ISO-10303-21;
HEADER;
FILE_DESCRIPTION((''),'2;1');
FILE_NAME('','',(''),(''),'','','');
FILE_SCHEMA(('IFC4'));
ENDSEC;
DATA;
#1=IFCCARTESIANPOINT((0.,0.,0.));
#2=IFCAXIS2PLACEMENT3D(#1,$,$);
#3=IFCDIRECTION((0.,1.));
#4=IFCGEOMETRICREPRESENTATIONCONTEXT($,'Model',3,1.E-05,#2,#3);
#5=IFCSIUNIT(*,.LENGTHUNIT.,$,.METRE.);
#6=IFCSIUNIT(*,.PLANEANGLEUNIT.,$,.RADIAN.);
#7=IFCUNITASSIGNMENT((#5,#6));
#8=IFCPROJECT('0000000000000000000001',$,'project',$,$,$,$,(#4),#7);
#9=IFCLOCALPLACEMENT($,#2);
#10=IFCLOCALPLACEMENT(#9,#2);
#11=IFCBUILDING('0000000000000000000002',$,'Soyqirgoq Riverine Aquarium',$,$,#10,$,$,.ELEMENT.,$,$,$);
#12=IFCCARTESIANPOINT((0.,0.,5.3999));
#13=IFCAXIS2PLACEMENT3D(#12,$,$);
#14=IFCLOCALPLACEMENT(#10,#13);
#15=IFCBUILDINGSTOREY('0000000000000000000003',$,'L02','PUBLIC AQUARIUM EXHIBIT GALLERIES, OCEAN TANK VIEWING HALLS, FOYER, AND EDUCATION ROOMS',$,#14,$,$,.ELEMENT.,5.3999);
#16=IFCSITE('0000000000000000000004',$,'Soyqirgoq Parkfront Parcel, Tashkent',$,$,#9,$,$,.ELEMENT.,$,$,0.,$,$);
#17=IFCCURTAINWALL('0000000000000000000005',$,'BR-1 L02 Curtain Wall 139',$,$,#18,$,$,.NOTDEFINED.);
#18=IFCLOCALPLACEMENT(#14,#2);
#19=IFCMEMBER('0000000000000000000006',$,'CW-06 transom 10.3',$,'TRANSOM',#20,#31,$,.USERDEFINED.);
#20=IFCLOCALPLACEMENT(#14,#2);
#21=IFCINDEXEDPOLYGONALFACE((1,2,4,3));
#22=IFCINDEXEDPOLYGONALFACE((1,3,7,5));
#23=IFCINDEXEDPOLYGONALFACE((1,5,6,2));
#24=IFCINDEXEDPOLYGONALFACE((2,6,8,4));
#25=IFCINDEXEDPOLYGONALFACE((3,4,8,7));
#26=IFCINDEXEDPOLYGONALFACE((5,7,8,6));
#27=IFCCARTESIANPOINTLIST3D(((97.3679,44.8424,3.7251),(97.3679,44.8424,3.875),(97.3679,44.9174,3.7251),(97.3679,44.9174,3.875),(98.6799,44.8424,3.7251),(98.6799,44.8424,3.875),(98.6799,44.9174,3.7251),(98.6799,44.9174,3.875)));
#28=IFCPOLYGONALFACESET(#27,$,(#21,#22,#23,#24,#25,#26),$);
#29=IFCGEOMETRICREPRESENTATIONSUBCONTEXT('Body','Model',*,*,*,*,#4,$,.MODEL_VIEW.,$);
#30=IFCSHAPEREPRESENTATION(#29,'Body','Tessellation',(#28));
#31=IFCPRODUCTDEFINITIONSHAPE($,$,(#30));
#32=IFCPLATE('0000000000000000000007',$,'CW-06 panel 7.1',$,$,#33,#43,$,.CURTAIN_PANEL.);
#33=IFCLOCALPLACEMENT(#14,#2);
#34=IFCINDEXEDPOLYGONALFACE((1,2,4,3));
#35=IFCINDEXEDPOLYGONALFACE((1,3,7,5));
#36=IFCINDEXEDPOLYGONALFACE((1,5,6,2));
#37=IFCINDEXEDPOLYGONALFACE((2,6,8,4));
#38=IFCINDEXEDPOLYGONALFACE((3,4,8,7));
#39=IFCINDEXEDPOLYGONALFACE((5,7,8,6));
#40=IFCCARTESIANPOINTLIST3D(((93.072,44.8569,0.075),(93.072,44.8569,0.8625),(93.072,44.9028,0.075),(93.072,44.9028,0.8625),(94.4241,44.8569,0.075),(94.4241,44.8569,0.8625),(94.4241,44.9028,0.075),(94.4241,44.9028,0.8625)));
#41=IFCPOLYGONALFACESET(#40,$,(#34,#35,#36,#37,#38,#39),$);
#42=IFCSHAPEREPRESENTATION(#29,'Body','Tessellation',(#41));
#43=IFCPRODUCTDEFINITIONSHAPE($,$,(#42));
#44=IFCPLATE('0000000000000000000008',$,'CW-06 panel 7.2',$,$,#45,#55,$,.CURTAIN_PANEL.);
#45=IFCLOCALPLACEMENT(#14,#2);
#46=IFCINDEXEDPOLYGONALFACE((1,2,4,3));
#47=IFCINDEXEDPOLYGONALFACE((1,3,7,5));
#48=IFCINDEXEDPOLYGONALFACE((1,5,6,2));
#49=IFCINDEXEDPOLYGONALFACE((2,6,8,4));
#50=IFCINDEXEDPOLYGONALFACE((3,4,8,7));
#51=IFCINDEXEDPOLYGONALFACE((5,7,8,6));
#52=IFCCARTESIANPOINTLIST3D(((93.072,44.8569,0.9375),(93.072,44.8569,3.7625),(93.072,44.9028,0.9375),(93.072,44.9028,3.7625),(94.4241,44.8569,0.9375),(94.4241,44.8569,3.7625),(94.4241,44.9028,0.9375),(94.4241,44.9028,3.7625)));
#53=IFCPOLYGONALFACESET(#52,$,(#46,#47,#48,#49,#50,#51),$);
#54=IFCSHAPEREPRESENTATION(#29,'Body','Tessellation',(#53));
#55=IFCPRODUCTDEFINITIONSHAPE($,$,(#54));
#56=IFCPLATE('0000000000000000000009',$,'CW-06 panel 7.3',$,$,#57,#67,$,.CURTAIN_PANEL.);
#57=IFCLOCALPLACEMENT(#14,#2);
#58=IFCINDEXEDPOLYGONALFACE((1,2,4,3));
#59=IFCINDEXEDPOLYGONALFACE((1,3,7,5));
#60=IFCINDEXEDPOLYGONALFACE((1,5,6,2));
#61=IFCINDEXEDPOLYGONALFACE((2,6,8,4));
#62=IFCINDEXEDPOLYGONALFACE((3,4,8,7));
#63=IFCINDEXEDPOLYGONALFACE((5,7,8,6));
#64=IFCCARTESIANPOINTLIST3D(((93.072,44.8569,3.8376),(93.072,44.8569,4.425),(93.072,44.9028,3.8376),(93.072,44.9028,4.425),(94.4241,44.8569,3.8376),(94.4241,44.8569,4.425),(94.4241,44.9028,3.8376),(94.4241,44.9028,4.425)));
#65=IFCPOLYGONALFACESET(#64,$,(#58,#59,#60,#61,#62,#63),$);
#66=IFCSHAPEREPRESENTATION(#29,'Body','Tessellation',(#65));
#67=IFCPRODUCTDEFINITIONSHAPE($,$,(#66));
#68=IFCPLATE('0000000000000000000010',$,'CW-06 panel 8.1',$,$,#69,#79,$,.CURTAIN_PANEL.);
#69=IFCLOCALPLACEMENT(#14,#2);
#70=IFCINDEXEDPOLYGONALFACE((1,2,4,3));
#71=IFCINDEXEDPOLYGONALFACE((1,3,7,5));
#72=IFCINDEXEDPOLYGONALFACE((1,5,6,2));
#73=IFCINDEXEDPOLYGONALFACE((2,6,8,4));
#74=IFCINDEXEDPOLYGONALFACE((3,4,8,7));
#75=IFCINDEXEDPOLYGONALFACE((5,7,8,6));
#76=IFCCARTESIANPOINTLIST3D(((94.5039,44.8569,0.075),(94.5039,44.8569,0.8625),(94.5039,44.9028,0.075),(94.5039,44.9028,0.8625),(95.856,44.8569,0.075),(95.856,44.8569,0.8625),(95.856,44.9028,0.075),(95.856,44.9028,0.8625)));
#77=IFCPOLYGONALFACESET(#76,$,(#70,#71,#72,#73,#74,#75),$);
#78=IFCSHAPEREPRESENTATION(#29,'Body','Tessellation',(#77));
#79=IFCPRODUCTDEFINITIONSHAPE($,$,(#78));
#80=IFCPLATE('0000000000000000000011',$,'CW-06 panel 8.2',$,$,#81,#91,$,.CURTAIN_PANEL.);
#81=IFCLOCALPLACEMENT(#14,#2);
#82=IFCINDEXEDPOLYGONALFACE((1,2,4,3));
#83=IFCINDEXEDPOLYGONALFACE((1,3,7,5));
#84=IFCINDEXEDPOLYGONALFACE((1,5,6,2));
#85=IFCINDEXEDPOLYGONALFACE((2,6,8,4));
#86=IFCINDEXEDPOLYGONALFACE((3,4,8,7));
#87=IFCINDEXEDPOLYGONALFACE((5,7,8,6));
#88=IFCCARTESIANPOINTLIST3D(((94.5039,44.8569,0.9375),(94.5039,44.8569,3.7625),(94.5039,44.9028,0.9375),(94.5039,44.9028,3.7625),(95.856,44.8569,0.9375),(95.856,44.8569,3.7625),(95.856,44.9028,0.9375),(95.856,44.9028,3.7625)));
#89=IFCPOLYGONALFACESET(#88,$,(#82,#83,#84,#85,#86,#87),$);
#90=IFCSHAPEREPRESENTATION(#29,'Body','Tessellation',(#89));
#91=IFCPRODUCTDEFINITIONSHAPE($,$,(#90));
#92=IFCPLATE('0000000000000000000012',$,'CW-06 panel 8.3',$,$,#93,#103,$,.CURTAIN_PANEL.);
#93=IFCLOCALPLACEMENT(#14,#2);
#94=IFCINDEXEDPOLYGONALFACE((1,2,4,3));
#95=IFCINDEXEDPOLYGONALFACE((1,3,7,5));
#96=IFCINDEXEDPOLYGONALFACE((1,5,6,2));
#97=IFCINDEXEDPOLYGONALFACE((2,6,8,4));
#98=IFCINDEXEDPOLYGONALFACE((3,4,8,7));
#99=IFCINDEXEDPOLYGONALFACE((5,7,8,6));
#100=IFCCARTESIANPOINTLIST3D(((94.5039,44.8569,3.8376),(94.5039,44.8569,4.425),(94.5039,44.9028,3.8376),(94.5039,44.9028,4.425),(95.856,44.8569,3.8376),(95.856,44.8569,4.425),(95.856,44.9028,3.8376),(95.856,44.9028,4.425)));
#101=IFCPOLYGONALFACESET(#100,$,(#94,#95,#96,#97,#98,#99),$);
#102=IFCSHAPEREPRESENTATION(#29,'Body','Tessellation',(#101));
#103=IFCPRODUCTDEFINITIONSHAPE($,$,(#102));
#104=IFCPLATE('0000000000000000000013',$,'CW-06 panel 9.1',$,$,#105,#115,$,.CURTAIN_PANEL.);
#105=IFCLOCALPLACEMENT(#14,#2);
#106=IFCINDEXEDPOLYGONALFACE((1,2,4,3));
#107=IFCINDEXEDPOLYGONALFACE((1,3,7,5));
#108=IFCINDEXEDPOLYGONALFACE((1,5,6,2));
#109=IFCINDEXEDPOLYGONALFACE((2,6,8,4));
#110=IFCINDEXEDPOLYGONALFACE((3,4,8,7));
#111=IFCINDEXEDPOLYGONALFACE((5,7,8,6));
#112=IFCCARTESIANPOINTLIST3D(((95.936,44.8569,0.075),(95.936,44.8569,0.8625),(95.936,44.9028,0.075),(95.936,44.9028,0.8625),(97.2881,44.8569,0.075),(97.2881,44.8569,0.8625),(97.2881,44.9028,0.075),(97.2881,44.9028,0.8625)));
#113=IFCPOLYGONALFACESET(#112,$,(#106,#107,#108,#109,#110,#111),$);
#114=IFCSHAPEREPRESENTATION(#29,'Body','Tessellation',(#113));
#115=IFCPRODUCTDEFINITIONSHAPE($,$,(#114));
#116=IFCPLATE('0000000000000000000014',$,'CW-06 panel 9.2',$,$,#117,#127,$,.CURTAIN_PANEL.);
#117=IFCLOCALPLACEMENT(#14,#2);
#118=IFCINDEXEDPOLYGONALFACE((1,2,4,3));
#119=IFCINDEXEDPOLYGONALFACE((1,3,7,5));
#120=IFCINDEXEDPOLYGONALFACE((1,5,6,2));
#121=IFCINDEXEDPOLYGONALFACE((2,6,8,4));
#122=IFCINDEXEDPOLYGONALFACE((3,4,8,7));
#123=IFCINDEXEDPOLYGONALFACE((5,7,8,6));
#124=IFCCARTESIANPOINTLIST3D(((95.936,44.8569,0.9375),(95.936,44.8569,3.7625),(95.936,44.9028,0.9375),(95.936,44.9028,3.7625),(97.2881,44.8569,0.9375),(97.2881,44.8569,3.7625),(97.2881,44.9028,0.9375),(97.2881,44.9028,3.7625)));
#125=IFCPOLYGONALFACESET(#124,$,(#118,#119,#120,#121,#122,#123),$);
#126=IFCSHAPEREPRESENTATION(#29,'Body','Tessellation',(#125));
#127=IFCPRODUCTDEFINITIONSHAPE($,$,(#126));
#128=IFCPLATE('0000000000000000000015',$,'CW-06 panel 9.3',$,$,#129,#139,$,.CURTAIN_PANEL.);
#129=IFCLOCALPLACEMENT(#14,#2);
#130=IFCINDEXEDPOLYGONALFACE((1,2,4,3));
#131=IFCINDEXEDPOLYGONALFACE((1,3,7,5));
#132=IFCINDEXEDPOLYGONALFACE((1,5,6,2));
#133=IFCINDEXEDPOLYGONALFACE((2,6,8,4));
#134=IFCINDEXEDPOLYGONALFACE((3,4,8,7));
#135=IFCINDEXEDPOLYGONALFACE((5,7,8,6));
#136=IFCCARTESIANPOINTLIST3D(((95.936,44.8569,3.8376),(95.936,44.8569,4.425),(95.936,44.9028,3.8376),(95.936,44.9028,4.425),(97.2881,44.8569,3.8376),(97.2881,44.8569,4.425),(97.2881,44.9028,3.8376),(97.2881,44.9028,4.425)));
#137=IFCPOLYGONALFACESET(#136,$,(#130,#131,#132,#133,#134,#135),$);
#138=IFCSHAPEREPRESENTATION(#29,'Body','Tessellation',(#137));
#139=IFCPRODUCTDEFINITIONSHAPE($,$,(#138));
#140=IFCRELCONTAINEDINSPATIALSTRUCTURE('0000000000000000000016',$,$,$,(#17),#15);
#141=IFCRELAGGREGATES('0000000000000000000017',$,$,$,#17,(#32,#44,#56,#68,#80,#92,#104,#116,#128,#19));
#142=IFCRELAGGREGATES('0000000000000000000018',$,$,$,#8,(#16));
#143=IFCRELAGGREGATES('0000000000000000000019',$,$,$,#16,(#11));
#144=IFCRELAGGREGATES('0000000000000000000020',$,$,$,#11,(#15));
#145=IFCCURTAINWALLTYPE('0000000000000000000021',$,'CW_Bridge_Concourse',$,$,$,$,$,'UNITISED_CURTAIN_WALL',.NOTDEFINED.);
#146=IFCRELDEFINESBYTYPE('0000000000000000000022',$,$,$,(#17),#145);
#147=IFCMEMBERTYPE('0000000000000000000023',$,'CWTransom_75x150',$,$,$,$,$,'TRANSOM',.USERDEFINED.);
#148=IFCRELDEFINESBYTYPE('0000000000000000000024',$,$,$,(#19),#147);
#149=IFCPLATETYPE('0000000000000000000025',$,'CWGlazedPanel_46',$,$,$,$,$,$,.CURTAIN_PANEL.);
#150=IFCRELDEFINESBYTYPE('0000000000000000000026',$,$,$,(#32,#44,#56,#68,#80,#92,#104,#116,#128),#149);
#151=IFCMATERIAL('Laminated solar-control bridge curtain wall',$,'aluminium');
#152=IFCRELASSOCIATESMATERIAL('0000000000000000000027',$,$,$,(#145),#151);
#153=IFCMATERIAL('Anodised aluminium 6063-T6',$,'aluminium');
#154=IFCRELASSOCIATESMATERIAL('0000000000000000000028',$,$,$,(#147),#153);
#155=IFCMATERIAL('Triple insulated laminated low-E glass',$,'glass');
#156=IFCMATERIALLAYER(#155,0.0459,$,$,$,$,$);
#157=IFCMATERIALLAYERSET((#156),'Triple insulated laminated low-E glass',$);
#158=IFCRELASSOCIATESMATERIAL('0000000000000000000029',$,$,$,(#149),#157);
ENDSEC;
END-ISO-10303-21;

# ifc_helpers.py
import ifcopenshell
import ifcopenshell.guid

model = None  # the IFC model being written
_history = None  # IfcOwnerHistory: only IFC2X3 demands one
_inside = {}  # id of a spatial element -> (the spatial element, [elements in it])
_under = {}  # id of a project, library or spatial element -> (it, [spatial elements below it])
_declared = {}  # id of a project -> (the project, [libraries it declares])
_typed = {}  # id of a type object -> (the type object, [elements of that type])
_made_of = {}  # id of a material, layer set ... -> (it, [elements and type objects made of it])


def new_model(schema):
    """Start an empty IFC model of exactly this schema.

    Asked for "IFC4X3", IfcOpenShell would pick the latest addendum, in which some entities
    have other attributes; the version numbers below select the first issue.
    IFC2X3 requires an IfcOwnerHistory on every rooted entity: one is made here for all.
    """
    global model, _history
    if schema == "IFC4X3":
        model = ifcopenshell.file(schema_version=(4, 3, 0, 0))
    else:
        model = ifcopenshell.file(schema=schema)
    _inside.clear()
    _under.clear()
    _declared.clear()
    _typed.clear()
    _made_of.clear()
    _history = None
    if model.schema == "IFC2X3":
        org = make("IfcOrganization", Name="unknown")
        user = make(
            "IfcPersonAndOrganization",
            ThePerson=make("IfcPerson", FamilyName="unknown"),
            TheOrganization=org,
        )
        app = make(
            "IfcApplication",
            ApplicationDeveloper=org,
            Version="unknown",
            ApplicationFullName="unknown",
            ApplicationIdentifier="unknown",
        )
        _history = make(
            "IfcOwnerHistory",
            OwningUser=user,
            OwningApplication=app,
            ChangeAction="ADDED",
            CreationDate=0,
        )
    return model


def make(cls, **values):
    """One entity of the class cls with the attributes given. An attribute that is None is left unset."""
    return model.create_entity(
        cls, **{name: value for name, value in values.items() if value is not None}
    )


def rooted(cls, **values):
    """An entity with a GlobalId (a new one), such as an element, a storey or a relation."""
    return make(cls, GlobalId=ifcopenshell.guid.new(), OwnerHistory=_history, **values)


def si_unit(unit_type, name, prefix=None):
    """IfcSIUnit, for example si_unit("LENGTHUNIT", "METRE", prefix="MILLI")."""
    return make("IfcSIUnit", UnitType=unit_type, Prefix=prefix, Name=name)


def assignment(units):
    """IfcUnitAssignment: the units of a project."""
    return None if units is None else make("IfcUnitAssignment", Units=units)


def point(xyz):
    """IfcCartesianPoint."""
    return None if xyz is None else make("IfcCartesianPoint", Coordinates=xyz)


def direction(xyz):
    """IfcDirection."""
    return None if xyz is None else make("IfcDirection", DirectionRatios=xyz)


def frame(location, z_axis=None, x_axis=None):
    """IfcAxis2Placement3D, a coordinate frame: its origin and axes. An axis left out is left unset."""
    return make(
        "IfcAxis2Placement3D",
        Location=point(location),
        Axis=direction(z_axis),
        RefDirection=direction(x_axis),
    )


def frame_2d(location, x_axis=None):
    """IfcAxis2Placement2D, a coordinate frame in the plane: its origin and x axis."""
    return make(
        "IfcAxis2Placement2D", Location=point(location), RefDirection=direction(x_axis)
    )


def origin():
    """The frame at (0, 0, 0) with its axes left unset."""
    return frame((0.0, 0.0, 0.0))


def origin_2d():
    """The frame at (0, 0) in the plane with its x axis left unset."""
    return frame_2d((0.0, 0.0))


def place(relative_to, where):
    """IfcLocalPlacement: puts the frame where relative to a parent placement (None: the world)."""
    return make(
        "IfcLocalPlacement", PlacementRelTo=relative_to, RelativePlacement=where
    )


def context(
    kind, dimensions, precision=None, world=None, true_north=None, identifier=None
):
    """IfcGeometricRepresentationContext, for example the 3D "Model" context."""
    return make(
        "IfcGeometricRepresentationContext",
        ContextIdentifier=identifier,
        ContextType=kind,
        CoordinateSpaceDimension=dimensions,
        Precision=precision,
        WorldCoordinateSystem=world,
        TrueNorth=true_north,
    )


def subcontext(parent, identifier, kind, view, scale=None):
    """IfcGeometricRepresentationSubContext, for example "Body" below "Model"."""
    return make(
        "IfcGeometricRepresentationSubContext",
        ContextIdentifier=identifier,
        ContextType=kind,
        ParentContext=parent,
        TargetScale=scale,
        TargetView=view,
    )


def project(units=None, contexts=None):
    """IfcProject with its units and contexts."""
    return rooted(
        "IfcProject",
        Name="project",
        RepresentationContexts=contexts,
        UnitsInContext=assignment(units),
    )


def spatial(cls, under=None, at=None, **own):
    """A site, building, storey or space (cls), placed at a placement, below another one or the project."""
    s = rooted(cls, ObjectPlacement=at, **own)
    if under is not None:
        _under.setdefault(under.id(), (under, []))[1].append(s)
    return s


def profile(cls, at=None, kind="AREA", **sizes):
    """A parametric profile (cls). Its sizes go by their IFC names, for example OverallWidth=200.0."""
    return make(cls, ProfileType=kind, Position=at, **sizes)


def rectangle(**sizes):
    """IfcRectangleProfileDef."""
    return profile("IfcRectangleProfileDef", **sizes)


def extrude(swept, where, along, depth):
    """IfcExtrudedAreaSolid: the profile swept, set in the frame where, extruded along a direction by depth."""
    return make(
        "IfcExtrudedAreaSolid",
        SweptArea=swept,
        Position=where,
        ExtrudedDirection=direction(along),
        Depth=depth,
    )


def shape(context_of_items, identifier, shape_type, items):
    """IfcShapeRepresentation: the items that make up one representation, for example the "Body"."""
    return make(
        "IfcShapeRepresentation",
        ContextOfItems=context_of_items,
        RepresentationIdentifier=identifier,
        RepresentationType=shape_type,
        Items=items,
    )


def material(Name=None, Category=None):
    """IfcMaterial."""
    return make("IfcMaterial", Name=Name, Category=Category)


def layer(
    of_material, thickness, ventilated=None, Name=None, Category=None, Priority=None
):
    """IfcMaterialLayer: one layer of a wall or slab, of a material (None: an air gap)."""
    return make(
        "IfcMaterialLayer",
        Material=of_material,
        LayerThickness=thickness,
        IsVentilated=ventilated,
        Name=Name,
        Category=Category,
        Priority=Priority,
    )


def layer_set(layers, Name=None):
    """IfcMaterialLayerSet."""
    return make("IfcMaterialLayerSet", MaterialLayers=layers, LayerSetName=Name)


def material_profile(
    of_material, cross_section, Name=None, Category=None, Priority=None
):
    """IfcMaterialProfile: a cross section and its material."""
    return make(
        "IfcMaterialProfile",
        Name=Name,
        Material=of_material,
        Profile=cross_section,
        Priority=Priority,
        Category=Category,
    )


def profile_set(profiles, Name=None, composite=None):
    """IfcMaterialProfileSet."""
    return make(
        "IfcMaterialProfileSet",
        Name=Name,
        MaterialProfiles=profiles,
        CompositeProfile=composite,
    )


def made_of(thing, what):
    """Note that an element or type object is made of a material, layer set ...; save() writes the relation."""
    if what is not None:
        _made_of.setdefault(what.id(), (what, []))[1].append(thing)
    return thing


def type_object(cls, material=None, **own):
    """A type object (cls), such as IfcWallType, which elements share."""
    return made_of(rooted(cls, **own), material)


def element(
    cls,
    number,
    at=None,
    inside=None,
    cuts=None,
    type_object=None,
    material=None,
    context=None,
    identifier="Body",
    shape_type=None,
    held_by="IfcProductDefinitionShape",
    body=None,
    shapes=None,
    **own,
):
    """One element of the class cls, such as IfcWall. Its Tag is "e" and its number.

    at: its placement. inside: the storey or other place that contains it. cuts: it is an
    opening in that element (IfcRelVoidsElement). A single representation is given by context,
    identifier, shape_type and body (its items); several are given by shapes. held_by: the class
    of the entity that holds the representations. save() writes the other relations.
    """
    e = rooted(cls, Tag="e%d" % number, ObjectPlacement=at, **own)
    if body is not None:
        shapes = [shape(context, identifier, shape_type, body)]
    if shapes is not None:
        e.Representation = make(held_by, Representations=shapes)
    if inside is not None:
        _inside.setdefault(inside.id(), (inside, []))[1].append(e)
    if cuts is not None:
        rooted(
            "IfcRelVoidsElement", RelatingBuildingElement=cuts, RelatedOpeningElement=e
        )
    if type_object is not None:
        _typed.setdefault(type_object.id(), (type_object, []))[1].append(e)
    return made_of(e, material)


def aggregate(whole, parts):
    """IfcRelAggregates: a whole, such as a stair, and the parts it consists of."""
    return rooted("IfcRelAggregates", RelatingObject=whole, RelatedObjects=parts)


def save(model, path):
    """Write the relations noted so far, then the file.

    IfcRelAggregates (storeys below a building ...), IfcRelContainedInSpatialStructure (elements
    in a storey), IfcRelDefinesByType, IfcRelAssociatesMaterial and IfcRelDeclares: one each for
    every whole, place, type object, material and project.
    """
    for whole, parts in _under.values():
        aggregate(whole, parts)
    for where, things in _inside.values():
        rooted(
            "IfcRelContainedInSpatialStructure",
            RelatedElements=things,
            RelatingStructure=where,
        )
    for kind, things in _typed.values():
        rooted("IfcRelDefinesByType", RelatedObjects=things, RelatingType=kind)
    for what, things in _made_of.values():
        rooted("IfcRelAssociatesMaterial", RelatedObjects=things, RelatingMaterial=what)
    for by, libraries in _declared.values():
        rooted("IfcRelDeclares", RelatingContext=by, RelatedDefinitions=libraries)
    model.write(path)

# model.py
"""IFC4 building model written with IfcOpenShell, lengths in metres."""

from ifc_helpers import new_model, si_unit, direction, frame, origin, origin_2d, place, context, subcontext, project, spatial, rectangle, extrude, material, layer, layer_set, material_profile, profile_set, type_object, element, aggregate, save


model = new_model("IFC4")

# Units and contexts
model_context = context("Model", 3, precision=1e-05, world=origin(), true_north=direction((0.0, 1.0)))
body_context = subcontext(model_context, "Body", "Model", "MODEL_VIEW")
ifc_project = project(units=[si_unit("LENGTHUNIT", "METRE"), si_unit("PLANEANGLEUNIT", "RADIAN")], contexts=[model_context])

# Site, building, storey
site_placement = place(None, origin())
site = spatial("IfcSite", under=ifc_project, at=site_placement, Name="Soyqirgoq Parkfront Parcel, Tashkent", CompositionType="ELEMENT", RefElevation=0.0)
building_placement = place(site_placement, origin())
building = spatial("IfcBuilding", under=site, at=building_placement, Name="Soyqirgoq Riverine Aquarium", CompositionType="ELEMENT")
storey_placement = place(building_placement, frame((0.0, 0.0, 5.3999)))
storey = spatial("IfcBuildingStorey", under=building, at=storey_placement, Name="L02", Description="PUBLIC AQUARIUM EXHIBIT GALLERIES, OCEAN TANK VIEWING HALLS, FOYER, AND EDUCATION ROOMS", CompositionType="ELEMENT", Elevation=5.3999)

# Curtain wall, member, plates
ifc_material_1 = material(Name="Laminated solar-control bridge curtain wall", Category="aluminium")
curtain_wall_type = type_object("IfcCurtainWallType", Name="CW_Bridge_Concourse", ElementType="UNITISED_CURTAIN_WALL", PredefinedType="NOTDEFINED", material=ifc_material_1)
curtain_wall_placement = place(storey_placement, origin())
curtain_wall = element("IfcCurtainWall", 1, at=curtain_wall_placement, inside=storey, type_object=curtain_wall_type, Name="BR-1 L02 Curtain Wall 139", PredefinedType="NOTDEFINED")
ifc_material_2 = material(Name="Anodised aluminium 6063-T6", Category="aluminium")
ifc_material_profile_1 = material_profile(ifc_material_2, rectangle(XDim=0.075, YDim=0.1499, at=origin_2d()), Name="ALU-T 75x150")
ifc_profile_set_1 = profile_set([ifc_material_profile_1], Name="Anodised aluminium 6063-T6")
member_type_1 = type_object("IfcMemberType", Name="CWTransom_75x150", ElementType="TRANSOM", PredefinedType="USERDEFINED", material=ifc_profile_set_1)
member_1_placement = place(storey_placement, frame((97.3679, 44.8799, 3.8), z_axis=(1.0, 0.0, 0.0), x_axis=(0.0, 1.0, 0.0)))
member_1 = element("IfcMember", 2, at=member_1_placement, type_object=member_type_1, Name="CW-06 transom 10.3", ObjectType="TRANSOM", PredefinedType="USERDEFINED", context=body_context, shape_type="SweptSolid", body=[
    extrude(rectangle(XDim=0.075, YDim=0.1499, at=origin_2d()), origin(), (0.0, 0.0, 1.0), 1.312),
])
ifc_material_3 = material(Name="Triple insulated laminated low-E glass", Category="glass")
ifc_layer = layer(ifc_material_3, 0.0459)
ifc_layer_set = layer_set([ifc_layer], Name="Triple insulated laminated low-E glass")
plate_type = type_object("IfcPlateType", Name="CWGlazedPanel_46", PredefinedType="CURTAIN_PANEL", material=ifc_layer_set)
plate_1_placement = place(storey_placement, frame((93.748, 44.8799, 0.075), z_axis=(0.0, 0.0, 1.0), x_axis=(1.0, 0.0, 0.0)))
plate_1 = element("IfcPlate", 3, at=plate_1_placement, type_object=plate_type, Name="CW-06 panel 7.1", PredefinedType="CURTAIN_PANEL", context=body_context, shape_type="SweptSolid", body=[
    extrude(rectangle(XDim=1.3521, YDim=0.0459, at=origin_2d()), origin(), (0.0, 0.0, 1.0), 0.7876),
])
plate_2_placement = place(storey_placement, frame((93.748, 44.8799, 0.9375), z_axis=(0.0, 0.0, 1.0), x_axis=(1.0, 0.0, 0.0)))
plate_2 = element("IfcPlate", 4, at=plate_2_placement, type_object=plate_type, Name="CW-06 panel 7.2", PredefinedType="CURTAIN_PANEL", context=body_context, shape_type="SweptSolid", body=[
    extrude(rectangle(XDim=1.3521, YDim=0.0459, at=origin_2d()), origin(), (0.0, 0.0, 1.0), 2.825),
])
plate_3_placement = place(storey_placement, frame((93.748, 44.8799, 3.8376), z_axis=(0.0, 0.0, 1.0), x_axis=(1.0, 0.0, 0.0)))
plate_3 = element("IfcPlate", 5, at=plate_3_placement, type_object=plate_type, Name="CW-06 panel 7.3", PredefinedType="CURTAIN_PANEL", context=body_context, shape_type="SweptSolid", body=[
    extrude(rectangle(XDim=1.3521, YDim=0.0459, at=origin_2d()), origin(), (0.0, 0.0, 1.0), 0.5874),
])
plate_4_placement = place(storey_placement, frame((95.1799, 44.8799, 0.075), z_axis=(0.0, 0.0, 1.0), x_axis=(1.0, 0.0, 0.0)))
plate_4 = element("IfcPlate", 6, at=plate_4_placement, type_object=plate_type, Name="CW-06 panel 8.1", PredefinedType="CURTAIN_PANEL", context=body_context, shape_type="SweptSolid", body=[
    extrude(rectangle(XDim=1.3521, YDim=0.0459, at=origin_2d()), origin(), (0.0, 0.0, 1.0), 0.7876),
])
plate_5_placement = place(storey_placement, frame((95.1799, 44.8799, 0.9375), z_axis=(0.0, 0.0, 1.0), x_axis=(1.0, 0.0, 0.0)))
plate_5 = element("IfcPlate", 7, at=plate_5_placement, type_object=plate_type, Name="CW-06 panel 8.2", PredefinedType="CURTAIN_PANEL", context=body_context, shape_type="SweptSolid", body=[
    extrude(rectangle(XDim=1.3521, YDim=0.0459, at=origin_2d()), origin(), (0.0, 0.0, 1.0), 2.825),
])
plate_6_placement = place(storey_placement, frame((95.1799, 44.8799, 3.8376), z_axis=(0.0, 0.0, 1.0), x_axis=(1.0, 0.0, 0.0)))
plate_6 = element("IfcPlate", 8, at=plate_6_placement, type_object=plate_type, Name="CW-06 panel 8.3", PredefinedType="CURTAIN_PANEL", context=body_context, shape_type="SweptSolid", body=[
    extrude(rectangle(XDim=1.3521, YDim=0.0459, at=origin_2d()), origin(), (0.0, 0.0, 1.0), 0.5874),
])
plate_7_placement = place(storey_placement, frame((96.6121, 44.8799, 0.075), z_axis=(0.0, 0.0, 1.0), x_axis=(1.0, 0.0, 0.0)))
plate_7 = element("IfcPlate", 9, at=plate_7_placement, type_object=plate_type, Name="CW-06 panel 9.1", PredefinedType="CURTAIN_PANEL", context=body_context, shape_type="SweptSolid", body=[
    extrude(rectangle(XDim=1.3521, YDim=0.0459, at=origin_2d()), origin(), (0.0, 0.0, 1.0), 0.7876),
])
plate_8_placement = place(storey_placement, frame((96.6121, 44.8799, 0.9375), z_axis=(0.0, 0.0, 1.0), x_axis=(1.0, 0.0, 0.0)))
plate_8 = element("IfcPlate", 10, at=plate_8_placement, type_object=plate_type, Name="CW-06 panel 9.2", PredefinedType="CURTAIN_PANEL", context=body_context, shape_type="SweptSolid", body=[
    extrude(rectangle(XDim=1.3521, YDim=0.0459, at=origin_2d()), origin(), (0.0, 0.0, 1.0), 2.825),
])
plate_9_placement = place(storey_placement, frame((96.6121, 44.8799, 3.8376), z_axis=(0.0, 0.0, 1.0), x_axis=(1.0, 0.0, 0.0)))
plate_9 = element("IfcPlate", 11, at=plate_9_placement, type_object=plate_type, Name="CW-06 panel 9.3", PredefinedType="CURTAIN_PANEL", context=body_context, shape_type="SweptSolid", body=[
    extrude(rectangle(XDim=1.3521, YDim=0.0459, at=origin_2d()), origin(), (0.0, 0.0, 1.0), 0.5874),
])
aggregate(curtain_wall, [plate_1, plate_2, plate_3, plate_4, plate_5, plate_6, plate_7, plate_8, plate_9, member_1])

save(model, "model.ifc")
